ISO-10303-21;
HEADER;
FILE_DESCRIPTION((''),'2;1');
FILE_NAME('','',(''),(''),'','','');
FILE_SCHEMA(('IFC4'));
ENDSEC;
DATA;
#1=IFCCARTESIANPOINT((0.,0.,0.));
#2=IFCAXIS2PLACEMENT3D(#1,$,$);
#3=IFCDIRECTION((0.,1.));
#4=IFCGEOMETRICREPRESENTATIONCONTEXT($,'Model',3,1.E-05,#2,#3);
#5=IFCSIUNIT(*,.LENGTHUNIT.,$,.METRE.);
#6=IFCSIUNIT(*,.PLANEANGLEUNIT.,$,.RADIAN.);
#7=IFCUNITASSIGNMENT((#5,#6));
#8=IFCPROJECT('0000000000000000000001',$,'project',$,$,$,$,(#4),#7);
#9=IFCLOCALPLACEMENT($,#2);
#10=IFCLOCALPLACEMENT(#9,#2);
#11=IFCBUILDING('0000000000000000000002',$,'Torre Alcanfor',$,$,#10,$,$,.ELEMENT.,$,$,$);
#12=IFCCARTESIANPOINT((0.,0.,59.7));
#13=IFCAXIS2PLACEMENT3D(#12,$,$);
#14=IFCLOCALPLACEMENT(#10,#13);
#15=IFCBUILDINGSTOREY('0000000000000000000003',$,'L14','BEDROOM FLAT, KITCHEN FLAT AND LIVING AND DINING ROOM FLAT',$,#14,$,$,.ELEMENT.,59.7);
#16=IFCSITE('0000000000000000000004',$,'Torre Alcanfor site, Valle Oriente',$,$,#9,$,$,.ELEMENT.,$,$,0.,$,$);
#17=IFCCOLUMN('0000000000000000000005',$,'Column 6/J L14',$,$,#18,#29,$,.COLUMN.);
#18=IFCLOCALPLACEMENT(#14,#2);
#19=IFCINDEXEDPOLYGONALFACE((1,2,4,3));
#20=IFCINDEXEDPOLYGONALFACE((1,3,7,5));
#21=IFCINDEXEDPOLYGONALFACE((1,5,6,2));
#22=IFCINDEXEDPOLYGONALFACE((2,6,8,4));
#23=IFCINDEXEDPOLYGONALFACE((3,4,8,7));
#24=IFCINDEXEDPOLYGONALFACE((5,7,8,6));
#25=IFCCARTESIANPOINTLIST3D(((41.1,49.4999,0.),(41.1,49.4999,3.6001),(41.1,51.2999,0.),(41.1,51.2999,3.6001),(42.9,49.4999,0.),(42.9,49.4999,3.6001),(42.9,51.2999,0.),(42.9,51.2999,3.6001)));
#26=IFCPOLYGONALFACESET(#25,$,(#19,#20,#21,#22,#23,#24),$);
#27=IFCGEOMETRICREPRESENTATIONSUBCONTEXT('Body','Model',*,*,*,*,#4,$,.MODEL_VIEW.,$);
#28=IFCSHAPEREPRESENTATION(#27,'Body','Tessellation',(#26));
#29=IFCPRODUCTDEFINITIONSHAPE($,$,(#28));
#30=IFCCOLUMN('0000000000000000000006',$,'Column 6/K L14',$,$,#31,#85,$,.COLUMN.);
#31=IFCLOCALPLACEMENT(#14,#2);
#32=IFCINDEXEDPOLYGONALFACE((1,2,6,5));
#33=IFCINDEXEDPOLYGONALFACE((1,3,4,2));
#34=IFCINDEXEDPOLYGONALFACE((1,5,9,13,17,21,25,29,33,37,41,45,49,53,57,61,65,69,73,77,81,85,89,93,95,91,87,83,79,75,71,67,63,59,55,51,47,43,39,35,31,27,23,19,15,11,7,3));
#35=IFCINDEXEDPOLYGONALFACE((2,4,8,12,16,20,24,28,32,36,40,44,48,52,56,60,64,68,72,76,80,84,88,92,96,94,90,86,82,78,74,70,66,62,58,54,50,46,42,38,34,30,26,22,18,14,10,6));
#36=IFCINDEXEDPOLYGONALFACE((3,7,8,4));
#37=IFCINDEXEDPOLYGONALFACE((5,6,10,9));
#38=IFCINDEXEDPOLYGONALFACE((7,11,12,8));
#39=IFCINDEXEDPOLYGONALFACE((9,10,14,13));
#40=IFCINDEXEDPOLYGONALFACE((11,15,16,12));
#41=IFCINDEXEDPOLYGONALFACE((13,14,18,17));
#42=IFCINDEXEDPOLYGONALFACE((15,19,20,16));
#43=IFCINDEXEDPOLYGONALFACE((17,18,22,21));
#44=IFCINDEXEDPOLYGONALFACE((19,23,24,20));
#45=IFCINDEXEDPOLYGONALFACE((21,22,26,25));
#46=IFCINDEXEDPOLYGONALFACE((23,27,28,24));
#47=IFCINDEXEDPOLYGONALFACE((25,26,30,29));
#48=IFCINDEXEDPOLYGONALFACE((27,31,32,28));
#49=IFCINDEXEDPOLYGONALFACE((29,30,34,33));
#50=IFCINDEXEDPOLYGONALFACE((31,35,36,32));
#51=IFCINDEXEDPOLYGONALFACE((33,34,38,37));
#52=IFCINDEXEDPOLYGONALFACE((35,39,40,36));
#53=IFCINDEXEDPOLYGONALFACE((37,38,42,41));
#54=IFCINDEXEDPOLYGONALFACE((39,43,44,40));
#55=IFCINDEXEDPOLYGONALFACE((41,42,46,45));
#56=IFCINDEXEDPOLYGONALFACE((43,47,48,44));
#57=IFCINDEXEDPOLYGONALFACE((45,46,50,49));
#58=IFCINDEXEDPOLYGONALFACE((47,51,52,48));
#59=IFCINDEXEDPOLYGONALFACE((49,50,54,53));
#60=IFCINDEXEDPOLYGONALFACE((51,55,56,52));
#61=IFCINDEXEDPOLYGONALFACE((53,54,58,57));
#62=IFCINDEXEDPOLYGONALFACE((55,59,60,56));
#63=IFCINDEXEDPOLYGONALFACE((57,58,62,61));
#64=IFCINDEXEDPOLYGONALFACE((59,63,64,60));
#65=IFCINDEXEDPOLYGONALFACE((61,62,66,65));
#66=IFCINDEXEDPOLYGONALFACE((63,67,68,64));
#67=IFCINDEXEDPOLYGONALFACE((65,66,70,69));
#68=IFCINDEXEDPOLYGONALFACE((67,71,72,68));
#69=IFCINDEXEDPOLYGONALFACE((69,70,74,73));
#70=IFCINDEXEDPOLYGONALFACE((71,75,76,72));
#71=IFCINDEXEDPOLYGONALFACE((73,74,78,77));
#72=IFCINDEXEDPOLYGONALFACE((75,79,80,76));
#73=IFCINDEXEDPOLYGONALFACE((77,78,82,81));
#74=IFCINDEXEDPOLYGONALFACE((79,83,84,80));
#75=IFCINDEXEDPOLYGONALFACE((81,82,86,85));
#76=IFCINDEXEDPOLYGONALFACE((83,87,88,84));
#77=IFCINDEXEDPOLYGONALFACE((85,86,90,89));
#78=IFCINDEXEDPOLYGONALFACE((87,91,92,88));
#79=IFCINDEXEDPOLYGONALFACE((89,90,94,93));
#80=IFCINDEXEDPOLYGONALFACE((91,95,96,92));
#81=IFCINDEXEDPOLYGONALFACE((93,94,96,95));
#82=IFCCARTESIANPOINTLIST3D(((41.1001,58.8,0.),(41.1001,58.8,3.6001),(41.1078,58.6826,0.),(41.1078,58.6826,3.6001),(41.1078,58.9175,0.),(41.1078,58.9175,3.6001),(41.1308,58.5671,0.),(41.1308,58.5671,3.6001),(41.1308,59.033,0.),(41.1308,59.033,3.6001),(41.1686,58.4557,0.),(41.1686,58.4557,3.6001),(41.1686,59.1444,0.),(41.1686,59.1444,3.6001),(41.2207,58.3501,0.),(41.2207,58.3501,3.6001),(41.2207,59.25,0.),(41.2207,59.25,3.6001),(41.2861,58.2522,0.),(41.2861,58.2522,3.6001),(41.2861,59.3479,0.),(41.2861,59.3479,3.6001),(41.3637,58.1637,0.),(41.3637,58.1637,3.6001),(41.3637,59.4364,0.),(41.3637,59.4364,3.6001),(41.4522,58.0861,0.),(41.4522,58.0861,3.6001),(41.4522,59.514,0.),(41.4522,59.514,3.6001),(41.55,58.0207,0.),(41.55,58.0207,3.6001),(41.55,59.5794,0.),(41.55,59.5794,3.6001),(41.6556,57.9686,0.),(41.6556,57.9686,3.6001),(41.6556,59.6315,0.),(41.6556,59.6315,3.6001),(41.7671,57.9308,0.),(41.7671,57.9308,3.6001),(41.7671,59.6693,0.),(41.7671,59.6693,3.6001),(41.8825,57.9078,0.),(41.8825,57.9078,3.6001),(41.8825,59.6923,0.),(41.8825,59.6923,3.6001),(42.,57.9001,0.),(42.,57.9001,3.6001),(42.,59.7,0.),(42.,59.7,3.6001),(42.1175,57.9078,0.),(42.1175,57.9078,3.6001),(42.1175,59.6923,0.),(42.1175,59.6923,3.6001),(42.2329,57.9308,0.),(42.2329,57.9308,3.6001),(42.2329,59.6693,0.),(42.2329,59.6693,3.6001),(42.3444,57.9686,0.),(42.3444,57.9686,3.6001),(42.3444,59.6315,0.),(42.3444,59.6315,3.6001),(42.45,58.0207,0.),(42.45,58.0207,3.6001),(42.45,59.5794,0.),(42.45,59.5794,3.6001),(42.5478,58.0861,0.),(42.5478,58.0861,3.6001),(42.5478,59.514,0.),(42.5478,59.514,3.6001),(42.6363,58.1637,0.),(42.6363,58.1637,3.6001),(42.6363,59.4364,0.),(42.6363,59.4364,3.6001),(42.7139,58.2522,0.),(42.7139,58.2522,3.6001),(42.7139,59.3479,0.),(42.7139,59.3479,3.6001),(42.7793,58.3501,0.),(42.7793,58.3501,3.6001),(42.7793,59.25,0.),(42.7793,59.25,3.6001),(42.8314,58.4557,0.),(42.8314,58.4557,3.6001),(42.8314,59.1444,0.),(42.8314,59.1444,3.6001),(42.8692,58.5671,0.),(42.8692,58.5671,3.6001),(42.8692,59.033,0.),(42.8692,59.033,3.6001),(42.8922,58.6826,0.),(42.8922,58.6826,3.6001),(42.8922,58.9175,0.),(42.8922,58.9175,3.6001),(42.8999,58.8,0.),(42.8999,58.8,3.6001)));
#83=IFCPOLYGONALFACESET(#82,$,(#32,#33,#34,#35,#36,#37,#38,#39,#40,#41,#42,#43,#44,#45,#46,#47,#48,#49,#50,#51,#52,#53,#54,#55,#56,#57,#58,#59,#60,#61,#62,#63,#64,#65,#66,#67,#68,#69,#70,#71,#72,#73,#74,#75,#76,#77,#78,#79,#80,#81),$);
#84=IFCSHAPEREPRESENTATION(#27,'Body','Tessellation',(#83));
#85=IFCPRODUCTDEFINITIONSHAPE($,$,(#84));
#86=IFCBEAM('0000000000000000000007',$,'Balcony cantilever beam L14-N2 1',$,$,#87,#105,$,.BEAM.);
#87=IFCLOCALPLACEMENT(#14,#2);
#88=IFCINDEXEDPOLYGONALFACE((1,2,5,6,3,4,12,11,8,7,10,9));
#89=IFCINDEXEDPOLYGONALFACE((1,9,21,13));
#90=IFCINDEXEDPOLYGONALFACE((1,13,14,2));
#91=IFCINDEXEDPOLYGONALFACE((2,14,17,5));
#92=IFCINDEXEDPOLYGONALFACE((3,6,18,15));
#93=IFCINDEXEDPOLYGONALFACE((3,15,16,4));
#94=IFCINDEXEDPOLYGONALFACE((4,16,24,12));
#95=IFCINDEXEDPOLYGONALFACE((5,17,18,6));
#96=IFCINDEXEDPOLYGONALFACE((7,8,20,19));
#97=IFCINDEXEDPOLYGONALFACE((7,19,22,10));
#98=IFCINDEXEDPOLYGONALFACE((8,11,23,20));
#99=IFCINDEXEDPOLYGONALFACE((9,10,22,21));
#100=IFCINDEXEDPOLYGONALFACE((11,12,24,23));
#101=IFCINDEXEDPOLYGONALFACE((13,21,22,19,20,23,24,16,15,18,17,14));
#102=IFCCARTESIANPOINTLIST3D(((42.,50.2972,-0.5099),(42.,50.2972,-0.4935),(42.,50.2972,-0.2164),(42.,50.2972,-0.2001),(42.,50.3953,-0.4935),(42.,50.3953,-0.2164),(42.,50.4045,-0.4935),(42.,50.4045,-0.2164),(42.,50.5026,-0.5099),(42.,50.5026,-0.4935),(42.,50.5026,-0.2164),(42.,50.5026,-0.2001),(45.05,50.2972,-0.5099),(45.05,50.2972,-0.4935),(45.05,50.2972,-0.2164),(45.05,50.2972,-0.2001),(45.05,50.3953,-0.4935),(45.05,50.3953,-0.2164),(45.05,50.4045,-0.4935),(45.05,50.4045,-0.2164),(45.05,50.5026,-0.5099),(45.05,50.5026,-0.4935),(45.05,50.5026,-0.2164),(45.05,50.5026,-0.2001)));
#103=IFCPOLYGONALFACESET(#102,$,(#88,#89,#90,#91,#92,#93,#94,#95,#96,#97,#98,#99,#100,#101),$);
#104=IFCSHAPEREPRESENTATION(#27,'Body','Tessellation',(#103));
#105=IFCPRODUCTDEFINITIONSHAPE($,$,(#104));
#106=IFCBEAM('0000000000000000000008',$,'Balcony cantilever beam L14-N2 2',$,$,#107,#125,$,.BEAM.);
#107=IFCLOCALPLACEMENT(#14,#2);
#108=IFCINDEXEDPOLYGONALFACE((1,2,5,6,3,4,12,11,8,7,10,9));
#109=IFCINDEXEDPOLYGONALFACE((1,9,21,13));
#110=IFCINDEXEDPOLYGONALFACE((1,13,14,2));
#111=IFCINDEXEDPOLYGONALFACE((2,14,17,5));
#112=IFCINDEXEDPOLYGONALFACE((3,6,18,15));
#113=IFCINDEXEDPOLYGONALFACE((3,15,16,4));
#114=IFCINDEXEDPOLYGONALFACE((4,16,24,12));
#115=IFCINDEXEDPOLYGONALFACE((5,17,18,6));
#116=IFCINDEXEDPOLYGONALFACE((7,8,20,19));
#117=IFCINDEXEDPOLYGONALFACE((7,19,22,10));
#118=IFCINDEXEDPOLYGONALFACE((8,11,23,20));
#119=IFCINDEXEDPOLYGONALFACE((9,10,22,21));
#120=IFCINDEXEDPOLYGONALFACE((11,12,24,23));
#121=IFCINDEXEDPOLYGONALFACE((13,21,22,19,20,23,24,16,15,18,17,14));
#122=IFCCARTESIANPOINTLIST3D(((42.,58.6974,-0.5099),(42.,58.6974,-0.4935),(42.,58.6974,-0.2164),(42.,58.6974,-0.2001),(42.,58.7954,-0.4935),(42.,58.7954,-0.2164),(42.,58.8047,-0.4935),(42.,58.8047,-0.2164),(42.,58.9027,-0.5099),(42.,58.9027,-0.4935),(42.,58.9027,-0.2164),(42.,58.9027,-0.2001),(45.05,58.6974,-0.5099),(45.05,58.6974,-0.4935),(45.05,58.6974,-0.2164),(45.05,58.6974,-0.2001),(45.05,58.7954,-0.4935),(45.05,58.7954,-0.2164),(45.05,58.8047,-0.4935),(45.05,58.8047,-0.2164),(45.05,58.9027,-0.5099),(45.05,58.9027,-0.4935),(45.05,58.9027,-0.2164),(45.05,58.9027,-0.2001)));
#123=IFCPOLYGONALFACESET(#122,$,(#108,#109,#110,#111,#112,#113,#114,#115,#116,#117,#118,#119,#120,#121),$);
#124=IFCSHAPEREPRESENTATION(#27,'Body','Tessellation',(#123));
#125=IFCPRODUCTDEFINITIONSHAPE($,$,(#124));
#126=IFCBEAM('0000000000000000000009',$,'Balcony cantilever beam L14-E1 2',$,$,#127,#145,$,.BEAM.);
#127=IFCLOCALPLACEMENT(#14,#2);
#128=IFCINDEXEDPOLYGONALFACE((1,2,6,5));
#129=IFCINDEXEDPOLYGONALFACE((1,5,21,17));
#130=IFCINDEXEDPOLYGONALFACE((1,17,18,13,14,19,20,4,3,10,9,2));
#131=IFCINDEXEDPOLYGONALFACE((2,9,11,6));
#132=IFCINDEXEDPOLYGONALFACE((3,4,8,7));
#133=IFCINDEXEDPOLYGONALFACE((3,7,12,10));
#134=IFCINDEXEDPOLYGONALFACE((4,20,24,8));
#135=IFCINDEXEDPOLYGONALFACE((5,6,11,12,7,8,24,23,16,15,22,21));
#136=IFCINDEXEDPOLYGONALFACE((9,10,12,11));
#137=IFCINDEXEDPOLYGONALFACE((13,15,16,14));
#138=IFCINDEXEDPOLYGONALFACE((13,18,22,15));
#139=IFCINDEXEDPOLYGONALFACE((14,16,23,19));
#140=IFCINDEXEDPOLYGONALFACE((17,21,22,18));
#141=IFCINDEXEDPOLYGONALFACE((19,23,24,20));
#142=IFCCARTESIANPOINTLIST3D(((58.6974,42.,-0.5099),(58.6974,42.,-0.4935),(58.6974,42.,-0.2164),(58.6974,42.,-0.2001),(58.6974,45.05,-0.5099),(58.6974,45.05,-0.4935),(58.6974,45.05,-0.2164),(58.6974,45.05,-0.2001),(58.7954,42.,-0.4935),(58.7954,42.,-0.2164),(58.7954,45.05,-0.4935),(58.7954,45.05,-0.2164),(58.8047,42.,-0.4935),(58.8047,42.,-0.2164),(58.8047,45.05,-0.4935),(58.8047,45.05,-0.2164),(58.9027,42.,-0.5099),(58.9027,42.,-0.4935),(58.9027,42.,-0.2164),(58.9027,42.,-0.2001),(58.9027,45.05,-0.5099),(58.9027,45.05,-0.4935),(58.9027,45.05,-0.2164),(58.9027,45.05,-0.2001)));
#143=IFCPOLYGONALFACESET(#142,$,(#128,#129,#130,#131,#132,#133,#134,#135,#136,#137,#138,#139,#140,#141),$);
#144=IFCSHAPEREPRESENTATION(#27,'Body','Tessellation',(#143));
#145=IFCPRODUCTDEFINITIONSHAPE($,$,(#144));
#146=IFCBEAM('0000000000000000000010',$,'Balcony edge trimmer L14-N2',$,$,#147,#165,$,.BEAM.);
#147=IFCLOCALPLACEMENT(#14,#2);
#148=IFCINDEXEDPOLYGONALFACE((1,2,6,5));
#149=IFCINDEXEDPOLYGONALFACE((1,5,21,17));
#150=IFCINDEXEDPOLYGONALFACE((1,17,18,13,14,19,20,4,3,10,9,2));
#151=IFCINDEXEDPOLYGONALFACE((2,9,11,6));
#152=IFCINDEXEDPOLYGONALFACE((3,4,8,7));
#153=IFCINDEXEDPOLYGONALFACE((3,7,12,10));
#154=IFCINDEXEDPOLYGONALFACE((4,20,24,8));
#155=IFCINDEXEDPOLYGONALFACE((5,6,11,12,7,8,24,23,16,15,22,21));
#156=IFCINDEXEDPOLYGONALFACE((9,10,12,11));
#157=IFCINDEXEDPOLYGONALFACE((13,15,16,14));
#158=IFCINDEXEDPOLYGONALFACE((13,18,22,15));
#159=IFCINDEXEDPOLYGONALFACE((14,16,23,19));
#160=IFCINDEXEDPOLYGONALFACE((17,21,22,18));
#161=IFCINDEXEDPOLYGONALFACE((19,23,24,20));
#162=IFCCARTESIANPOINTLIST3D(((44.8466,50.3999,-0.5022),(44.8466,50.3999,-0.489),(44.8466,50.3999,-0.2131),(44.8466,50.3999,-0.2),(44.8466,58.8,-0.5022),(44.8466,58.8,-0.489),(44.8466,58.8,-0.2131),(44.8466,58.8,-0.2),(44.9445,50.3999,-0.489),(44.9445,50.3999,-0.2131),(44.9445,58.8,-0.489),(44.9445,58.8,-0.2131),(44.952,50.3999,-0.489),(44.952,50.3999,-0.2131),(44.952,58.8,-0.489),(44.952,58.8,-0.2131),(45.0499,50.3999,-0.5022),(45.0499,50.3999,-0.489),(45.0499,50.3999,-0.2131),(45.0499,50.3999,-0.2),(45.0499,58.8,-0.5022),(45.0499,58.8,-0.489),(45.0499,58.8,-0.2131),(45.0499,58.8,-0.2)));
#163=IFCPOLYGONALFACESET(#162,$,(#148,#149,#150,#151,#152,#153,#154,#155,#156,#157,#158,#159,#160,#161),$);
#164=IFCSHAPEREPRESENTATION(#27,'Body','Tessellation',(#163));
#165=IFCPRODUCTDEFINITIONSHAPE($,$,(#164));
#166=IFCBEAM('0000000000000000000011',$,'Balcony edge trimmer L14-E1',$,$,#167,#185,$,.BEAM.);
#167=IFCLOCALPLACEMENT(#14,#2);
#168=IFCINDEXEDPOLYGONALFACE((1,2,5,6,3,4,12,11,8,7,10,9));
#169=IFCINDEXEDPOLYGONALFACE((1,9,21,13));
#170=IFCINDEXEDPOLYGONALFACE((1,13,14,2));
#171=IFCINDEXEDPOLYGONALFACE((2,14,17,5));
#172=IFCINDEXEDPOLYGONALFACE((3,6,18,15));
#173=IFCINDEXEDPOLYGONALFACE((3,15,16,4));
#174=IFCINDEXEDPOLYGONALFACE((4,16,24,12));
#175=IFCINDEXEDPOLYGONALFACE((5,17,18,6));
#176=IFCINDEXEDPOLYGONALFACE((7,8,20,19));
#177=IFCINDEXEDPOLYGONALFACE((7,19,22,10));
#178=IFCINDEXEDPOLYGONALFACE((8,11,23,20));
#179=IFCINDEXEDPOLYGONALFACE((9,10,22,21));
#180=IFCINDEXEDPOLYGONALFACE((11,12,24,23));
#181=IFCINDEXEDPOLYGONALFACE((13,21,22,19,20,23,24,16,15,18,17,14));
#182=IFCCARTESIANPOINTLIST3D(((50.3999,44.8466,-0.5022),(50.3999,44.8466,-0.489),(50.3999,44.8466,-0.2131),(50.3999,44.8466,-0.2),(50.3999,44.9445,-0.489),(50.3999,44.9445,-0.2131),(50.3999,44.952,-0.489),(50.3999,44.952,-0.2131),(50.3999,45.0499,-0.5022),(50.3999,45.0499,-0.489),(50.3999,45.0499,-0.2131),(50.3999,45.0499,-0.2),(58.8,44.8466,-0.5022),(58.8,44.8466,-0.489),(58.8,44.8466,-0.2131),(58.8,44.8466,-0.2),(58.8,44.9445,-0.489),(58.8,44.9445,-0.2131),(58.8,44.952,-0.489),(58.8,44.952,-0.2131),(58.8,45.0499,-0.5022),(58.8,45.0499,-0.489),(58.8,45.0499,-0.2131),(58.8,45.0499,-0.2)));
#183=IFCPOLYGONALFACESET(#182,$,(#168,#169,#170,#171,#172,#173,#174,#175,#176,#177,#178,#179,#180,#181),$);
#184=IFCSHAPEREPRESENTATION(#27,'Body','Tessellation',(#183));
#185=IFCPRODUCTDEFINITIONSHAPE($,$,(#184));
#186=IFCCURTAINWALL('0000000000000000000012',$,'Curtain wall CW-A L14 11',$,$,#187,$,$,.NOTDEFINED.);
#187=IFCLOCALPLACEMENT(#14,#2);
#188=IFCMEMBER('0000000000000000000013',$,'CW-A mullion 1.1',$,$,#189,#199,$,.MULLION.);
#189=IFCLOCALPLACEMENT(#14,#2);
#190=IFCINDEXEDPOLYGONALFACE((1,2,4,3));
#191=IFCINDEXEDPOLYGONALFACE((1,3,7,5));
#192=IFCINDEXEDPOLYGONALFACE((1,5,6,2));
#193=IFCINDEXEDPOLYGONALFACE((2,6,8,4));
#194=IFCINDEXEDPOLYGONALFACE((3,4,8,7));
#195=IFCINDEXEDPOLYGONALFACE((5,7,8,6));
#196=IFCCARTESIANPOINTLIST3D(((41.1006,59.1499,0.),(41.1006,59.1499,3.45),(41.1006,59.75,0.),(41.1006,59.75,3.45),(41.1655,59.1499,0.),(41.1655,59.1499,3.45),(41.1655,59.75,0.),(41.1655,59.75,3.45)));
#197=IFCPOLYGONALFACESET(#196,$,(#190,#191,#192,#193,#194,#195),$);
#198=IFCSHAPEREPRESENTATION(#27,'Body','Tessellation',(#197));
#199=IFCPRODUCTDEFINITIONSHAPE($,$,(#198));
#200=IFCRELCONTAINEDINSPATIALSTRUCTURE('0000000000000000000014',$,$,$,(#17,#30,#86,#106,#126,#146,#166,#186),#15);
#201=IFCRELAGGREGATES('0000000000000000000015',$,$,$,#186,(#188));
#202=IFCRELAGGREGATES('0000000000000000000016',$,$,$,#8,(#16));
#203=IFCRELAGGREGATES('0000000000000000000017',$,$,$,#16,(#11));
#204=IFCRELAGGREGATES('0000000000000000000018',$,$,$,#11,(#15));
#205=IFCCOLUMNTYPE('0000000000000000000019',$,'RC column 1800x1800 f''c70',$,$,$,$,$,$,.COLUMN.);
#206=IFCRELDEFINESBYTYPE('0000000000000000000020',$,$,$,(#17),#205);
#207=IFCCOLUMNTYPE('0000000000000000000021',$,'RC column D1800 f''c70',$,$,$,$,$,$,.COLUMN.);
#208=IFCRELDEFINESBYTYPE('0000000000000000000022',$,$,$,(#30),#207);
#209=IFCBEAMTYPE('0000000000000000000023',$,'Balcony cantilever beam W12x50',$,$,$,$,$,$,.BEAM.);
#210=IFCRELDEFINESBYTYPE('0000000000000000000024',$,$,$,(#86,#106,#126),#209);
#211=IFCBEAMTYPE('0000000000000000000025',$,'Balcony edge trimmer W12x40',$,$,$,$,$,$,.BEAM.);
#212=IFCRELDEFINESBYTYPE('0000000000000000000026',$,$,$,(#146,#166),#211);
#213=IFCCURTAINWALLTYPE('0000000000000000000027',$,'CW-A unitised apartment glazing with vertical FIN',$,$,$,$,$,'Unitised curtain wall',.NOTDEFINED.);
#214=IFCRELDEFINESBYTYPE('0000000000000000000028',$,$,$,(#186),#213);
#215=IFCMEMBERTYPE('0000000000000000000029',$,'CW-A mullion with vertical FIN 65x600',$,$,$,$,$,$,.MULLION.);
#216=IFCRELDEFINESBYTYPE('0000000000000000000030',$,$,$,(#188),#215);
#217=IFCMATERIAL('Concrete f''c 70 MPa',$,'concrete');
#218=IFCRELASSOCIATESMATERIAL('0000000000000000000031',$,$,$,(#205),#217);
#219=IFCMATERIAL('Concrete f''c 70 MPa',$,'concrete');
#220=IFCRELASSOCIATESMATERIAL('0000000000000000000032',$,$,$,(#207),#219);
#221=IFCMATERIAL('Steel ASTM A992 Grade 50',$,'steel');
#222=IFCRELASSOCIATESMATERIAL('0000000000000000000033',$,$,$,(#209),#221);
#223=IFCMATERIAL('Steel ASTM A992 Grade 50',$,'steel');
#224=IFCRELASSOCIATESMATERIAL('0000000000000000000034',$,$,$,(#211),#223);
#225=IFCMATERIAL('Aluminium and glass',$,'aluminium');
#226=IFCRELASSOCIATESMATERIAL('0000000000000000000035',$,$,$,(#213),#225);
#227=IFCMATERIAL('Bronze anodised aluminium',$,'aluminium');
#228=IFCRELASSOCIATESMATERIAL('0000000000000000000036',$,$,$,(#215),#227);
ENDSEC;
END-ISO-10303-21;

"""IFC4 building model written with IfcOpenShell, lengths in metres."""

from ifc_helpers import new_model, si_unit, direction, frame, origin, origin_2d, place, context, subcontext, project, spatial, rectangle, circle, i_section, extrude, material, material_profile, profile_set, type_object, element, aggregate, save


model = new_model("IFC4")

# Units and contexts
model_context = context("Model", 3, precision=1e-05, world=origin(), true_north=direction((0.0, 1.0)))
body_context = subcontext(model_context, "Body", "Model", "MODEL_VIEW")
ifc_project = project(units=[si_unit("LENGTHUNIT", "METRE"), si_unit("PLANEANGLEUNIT", "RADIAN")], contexts=[model_context])

# Site, building, storey
site_placement = place(None, origin())
site = spatial("IfcSite", under=ifc_project, at=site_placement, Name="Torre Alcanfor site, Valle Oriente", CompositionType="ELEMENT", RefElevation=0.0)
building_placement = place(site_placement, origin())
building = spatial("IfcBuilding", under=site, at=building_placement, Name="Torre Alcanfor", CompositionType="ELEMENT")
storey_placement = place(building_placement, frame((0.0, 0.0, 59.7)))
storey = spatial("IfcBuildingStorey", under=building, at=storey_placement, Name="L14", Description="BEDROOM FLAT, KITCHEN FLAT AND LIVING AND DINING ROOM FLAT", CompositionType="ELEMENT", Elevation=59.7)

# Columns
ifc_material_1 = material(Name="Concrete f'c 70 MPa", Category="concrete")
ifc_material_profile_1 = material_profile(ifc_material_1, rectangle(XDim=1.8, YDim=1.8, at=origin_2d()), Name="1800x1800")
ifc_profile_set_1 = profile_set([ifc_material_profile_1], Name="Concrete f'c 70 MPa")
column_type_1 = type_object("IfcColumnType", Name="RC column 1800x1800 f'c70", PredefinedType="COLUMN", material=ifc_profile_set_1)
column_1_placement = place(storey_placement, frame((42.0, 50.3999, 0.0), z_axis=(0.0, 0.0, 1.0), x_axis=(1.0, 0.0, 0.0)))
element("IfcColumn", 1, at=column_1_placement, inside=storey, type_object=column_type_1, Name="Column 6/J L14", PredefinedType="COLUMN", context=body_context, shape_type="SweptSolid", body=[
    extrude(rectangle(XDim=1.8, YDim=1.8, at=origin_2d()), origin(), (0.0, 0.0, 1.0), 3.6001),
])
ifc_material_2 = material(Name="Concrete f'c 70 MPa", Category="concrete")
ifc_material_profile_2 = material_profile(ifc_material_2, circle(Radius=0.8999, at=origin_2d()), Name="D1800")
ifc_profile_set_2 = profile_set([ifc_material_profile_2], Name="Concrete f'c 70 MPa")
column_type_2 = type_object("IfcColumnType", Name="RC column D1800 f'c70", PredefinedType="COLUMN", material=ifc_profile_set_2)
column_2_placement = place(storey_placement, frame((42.0, 58.8, 0.0), z_axis=(0.0, 0.0, 1.0), x_axis=(1.0, 0.0, 0.0)))
element("IfcColumn", 2, at=column_2_placement, inside=storey, type_object=column_type_2, Name="Column 6/K L14", PredefinedType="COLUMN", context=body_context, shape_type="SweptSolid", body=[
    extrude(circle(Radius=0.8999, at=origin_2d()), origin(), (0.0, 0.0, 1.0), 3.6001),
])

# Beams
ifc_material_3 = material(Name="Steel ASTM A992 Grade 50", Category="steel")
ifc_material_profile_3 = material_profile(ifc_material_3, i_section(OverallWidth=0.2053, OverallDepth=0.3098, WebThickness=0.0093, FlangeThickness=0.0164, at=origin_2d()), Name="W12x50")
ifc_profile_set_3 = profile_set([ifc_material_profile_3], Name="Steel ASTM A992 Grade 50")
beam_type_1 = type_object("IfcBeamType", Name="Balcony cantilever beam W12x50", PredefinedType="BEAM", material=ifc_profile_set_3)
for number, where, z_axis, x_axis, name in (
    (3, (42.0, 50.3999, -0.355), (1.0, 0.0, 0.0), (0.0, 1.0, 0.0), "Balcony cantilever beam L14-N2 1"),
    (4, (42.0, 58.8, -0.355), (1.0, 0.0, 0.0), (0.0, 1.0, 0.0), "Balcony cantilever beam L14-N2 2"),
    (5, (58.8, 42.0, -0.355), (0.0, 1.0, 0.0), (-1.0, 0.0, 0.0), "Balcony cantilever beam L14-E1 2"),
):
    element("IfcBeam", number, at=place(storey_placement, frame(where, z_axis=z_axis, x_axis=x_axis)), inside=storey, type_object=beam_type_1, Name=name, PredefinedType="BEAM", context=body_context, shape_type="SweptSolid", body=[
        extrude(i_section(OverallWidth=0.2053, OverallDepth=0.3098, WebThickness=0.0093, FlangeThickness=0.0164, at=origin_2d()), origin(), (0.0, 0.0, 1.0), 3.05),
    ])
ifc_material_4 = material(Name="Steel ASTM A992 Grade 50", Category="steel")
ifc_material_profile_4 = material_profile(ifc_material_4, i_section(OverallWidth=0.2034, OverallDepth=0.3022, WebThickness=0.0076, FlangeThickness=0.0132, at=origin_2d()), Name="W12x40")
ifc_profile_set_4 = profile_set([ifc_material_profile_4], Name="Steel ASTM A992 Grade 50")
beam_type_2 = type_object("IfcBeamType", Name="Balcony edge trimmer W12x40", PredefinedType="BEAM", material=ifc_profile_set_4)
for number, where, z_axis, x_axis, name in (
    (6, (44.9482, 50.3999, -0.3511), (0.0, 1.0, 0.0), (-1.0, 0.0, 0.0), "Balcony edge trimmer L14-N2"),
    (7, (50.3999, 44.9482, -0.3511), (1.0, 0.0, 0.0), (0.0, 1.0, 0.0), "Balcony edge trimmer L14-E1"),
):
    element("IfcBeam", number, at=place(storey_placement, frame(where, z_axis=z_axis, x_axis=x_axis)), inside=storey, type_object=beam_type_2, Name=name, PredefinedType="BEAM", context=body_context, shape_type="SweptSolid", body=[
        extrude(i_section(OverallWidth=0.2034, OverallDepth=0.3022, WebThickness=0.0076, FlangeThickness=0.0132, at=origin_2d()), origin(), (0.0, 0.0, 1.0), 8.4001),
    ])

# Curtain wall, member
ifc_material_5 = material(Name="Aluminium and glass", Category="aluminium")
curtain_wall_type = type_object("IfcCurtainWallType", Name="CW-A unitised apartment glazing with vertical FIN", ElementType="Unitised curtain wall", PredefinedType="NOTDEFINED", material=ifc_material_5)
curtain_wall_placement = place(storey_placement, origin())
curtain_wall = element("IfcCurtainWall", 8, at=curtain_wall_placement, inside=storey, type_object=curtain_wall_type, Name="Curtain wall CW-A L14 11", PredefinedType="NOTDEFINED")
ifc_material_6 = material(Name="Bronze anodised aluminium", Category="aluminium")
ifc_material_profile_5 = material_profile(ifc_material_6, rectangle(XDim=0.6001, YDim=0.0649, at=origin_2d()), Name="CW-A mullion 65x600")
ifc_profile_set_5 = profile_set([ifc_material_profile_5], Name="Bronze anodised aluminium")
member_type = type_object("IfcMemberType", Name="CW-A mullion with vertical FIN 65x600", PredefinedType="MULLION", material=ifc_profile_set_5)
member_placement = place(storey_placement, frame((41.1331, 59.45, 0.0), z_axis=(0.0, 0.0, 1.0), x_axis=(0.0, -1.0, 0.0)))
member = element("IfcMember", 9, at=member_placement, type_object=member_type, Name="CW-A mullion 1.1", PredefinedType="MULLION", context=body_context, shape_type="SweptSolid", body=[
    extrude(rectangle(XDim=0.6001, YDim=0.0649, at=origin_2d()), origin(), (0.0, 0.0, 1.0), 3.45),
])
aggregate(curtain_wall, [member])

save(model, "model.ifc")
